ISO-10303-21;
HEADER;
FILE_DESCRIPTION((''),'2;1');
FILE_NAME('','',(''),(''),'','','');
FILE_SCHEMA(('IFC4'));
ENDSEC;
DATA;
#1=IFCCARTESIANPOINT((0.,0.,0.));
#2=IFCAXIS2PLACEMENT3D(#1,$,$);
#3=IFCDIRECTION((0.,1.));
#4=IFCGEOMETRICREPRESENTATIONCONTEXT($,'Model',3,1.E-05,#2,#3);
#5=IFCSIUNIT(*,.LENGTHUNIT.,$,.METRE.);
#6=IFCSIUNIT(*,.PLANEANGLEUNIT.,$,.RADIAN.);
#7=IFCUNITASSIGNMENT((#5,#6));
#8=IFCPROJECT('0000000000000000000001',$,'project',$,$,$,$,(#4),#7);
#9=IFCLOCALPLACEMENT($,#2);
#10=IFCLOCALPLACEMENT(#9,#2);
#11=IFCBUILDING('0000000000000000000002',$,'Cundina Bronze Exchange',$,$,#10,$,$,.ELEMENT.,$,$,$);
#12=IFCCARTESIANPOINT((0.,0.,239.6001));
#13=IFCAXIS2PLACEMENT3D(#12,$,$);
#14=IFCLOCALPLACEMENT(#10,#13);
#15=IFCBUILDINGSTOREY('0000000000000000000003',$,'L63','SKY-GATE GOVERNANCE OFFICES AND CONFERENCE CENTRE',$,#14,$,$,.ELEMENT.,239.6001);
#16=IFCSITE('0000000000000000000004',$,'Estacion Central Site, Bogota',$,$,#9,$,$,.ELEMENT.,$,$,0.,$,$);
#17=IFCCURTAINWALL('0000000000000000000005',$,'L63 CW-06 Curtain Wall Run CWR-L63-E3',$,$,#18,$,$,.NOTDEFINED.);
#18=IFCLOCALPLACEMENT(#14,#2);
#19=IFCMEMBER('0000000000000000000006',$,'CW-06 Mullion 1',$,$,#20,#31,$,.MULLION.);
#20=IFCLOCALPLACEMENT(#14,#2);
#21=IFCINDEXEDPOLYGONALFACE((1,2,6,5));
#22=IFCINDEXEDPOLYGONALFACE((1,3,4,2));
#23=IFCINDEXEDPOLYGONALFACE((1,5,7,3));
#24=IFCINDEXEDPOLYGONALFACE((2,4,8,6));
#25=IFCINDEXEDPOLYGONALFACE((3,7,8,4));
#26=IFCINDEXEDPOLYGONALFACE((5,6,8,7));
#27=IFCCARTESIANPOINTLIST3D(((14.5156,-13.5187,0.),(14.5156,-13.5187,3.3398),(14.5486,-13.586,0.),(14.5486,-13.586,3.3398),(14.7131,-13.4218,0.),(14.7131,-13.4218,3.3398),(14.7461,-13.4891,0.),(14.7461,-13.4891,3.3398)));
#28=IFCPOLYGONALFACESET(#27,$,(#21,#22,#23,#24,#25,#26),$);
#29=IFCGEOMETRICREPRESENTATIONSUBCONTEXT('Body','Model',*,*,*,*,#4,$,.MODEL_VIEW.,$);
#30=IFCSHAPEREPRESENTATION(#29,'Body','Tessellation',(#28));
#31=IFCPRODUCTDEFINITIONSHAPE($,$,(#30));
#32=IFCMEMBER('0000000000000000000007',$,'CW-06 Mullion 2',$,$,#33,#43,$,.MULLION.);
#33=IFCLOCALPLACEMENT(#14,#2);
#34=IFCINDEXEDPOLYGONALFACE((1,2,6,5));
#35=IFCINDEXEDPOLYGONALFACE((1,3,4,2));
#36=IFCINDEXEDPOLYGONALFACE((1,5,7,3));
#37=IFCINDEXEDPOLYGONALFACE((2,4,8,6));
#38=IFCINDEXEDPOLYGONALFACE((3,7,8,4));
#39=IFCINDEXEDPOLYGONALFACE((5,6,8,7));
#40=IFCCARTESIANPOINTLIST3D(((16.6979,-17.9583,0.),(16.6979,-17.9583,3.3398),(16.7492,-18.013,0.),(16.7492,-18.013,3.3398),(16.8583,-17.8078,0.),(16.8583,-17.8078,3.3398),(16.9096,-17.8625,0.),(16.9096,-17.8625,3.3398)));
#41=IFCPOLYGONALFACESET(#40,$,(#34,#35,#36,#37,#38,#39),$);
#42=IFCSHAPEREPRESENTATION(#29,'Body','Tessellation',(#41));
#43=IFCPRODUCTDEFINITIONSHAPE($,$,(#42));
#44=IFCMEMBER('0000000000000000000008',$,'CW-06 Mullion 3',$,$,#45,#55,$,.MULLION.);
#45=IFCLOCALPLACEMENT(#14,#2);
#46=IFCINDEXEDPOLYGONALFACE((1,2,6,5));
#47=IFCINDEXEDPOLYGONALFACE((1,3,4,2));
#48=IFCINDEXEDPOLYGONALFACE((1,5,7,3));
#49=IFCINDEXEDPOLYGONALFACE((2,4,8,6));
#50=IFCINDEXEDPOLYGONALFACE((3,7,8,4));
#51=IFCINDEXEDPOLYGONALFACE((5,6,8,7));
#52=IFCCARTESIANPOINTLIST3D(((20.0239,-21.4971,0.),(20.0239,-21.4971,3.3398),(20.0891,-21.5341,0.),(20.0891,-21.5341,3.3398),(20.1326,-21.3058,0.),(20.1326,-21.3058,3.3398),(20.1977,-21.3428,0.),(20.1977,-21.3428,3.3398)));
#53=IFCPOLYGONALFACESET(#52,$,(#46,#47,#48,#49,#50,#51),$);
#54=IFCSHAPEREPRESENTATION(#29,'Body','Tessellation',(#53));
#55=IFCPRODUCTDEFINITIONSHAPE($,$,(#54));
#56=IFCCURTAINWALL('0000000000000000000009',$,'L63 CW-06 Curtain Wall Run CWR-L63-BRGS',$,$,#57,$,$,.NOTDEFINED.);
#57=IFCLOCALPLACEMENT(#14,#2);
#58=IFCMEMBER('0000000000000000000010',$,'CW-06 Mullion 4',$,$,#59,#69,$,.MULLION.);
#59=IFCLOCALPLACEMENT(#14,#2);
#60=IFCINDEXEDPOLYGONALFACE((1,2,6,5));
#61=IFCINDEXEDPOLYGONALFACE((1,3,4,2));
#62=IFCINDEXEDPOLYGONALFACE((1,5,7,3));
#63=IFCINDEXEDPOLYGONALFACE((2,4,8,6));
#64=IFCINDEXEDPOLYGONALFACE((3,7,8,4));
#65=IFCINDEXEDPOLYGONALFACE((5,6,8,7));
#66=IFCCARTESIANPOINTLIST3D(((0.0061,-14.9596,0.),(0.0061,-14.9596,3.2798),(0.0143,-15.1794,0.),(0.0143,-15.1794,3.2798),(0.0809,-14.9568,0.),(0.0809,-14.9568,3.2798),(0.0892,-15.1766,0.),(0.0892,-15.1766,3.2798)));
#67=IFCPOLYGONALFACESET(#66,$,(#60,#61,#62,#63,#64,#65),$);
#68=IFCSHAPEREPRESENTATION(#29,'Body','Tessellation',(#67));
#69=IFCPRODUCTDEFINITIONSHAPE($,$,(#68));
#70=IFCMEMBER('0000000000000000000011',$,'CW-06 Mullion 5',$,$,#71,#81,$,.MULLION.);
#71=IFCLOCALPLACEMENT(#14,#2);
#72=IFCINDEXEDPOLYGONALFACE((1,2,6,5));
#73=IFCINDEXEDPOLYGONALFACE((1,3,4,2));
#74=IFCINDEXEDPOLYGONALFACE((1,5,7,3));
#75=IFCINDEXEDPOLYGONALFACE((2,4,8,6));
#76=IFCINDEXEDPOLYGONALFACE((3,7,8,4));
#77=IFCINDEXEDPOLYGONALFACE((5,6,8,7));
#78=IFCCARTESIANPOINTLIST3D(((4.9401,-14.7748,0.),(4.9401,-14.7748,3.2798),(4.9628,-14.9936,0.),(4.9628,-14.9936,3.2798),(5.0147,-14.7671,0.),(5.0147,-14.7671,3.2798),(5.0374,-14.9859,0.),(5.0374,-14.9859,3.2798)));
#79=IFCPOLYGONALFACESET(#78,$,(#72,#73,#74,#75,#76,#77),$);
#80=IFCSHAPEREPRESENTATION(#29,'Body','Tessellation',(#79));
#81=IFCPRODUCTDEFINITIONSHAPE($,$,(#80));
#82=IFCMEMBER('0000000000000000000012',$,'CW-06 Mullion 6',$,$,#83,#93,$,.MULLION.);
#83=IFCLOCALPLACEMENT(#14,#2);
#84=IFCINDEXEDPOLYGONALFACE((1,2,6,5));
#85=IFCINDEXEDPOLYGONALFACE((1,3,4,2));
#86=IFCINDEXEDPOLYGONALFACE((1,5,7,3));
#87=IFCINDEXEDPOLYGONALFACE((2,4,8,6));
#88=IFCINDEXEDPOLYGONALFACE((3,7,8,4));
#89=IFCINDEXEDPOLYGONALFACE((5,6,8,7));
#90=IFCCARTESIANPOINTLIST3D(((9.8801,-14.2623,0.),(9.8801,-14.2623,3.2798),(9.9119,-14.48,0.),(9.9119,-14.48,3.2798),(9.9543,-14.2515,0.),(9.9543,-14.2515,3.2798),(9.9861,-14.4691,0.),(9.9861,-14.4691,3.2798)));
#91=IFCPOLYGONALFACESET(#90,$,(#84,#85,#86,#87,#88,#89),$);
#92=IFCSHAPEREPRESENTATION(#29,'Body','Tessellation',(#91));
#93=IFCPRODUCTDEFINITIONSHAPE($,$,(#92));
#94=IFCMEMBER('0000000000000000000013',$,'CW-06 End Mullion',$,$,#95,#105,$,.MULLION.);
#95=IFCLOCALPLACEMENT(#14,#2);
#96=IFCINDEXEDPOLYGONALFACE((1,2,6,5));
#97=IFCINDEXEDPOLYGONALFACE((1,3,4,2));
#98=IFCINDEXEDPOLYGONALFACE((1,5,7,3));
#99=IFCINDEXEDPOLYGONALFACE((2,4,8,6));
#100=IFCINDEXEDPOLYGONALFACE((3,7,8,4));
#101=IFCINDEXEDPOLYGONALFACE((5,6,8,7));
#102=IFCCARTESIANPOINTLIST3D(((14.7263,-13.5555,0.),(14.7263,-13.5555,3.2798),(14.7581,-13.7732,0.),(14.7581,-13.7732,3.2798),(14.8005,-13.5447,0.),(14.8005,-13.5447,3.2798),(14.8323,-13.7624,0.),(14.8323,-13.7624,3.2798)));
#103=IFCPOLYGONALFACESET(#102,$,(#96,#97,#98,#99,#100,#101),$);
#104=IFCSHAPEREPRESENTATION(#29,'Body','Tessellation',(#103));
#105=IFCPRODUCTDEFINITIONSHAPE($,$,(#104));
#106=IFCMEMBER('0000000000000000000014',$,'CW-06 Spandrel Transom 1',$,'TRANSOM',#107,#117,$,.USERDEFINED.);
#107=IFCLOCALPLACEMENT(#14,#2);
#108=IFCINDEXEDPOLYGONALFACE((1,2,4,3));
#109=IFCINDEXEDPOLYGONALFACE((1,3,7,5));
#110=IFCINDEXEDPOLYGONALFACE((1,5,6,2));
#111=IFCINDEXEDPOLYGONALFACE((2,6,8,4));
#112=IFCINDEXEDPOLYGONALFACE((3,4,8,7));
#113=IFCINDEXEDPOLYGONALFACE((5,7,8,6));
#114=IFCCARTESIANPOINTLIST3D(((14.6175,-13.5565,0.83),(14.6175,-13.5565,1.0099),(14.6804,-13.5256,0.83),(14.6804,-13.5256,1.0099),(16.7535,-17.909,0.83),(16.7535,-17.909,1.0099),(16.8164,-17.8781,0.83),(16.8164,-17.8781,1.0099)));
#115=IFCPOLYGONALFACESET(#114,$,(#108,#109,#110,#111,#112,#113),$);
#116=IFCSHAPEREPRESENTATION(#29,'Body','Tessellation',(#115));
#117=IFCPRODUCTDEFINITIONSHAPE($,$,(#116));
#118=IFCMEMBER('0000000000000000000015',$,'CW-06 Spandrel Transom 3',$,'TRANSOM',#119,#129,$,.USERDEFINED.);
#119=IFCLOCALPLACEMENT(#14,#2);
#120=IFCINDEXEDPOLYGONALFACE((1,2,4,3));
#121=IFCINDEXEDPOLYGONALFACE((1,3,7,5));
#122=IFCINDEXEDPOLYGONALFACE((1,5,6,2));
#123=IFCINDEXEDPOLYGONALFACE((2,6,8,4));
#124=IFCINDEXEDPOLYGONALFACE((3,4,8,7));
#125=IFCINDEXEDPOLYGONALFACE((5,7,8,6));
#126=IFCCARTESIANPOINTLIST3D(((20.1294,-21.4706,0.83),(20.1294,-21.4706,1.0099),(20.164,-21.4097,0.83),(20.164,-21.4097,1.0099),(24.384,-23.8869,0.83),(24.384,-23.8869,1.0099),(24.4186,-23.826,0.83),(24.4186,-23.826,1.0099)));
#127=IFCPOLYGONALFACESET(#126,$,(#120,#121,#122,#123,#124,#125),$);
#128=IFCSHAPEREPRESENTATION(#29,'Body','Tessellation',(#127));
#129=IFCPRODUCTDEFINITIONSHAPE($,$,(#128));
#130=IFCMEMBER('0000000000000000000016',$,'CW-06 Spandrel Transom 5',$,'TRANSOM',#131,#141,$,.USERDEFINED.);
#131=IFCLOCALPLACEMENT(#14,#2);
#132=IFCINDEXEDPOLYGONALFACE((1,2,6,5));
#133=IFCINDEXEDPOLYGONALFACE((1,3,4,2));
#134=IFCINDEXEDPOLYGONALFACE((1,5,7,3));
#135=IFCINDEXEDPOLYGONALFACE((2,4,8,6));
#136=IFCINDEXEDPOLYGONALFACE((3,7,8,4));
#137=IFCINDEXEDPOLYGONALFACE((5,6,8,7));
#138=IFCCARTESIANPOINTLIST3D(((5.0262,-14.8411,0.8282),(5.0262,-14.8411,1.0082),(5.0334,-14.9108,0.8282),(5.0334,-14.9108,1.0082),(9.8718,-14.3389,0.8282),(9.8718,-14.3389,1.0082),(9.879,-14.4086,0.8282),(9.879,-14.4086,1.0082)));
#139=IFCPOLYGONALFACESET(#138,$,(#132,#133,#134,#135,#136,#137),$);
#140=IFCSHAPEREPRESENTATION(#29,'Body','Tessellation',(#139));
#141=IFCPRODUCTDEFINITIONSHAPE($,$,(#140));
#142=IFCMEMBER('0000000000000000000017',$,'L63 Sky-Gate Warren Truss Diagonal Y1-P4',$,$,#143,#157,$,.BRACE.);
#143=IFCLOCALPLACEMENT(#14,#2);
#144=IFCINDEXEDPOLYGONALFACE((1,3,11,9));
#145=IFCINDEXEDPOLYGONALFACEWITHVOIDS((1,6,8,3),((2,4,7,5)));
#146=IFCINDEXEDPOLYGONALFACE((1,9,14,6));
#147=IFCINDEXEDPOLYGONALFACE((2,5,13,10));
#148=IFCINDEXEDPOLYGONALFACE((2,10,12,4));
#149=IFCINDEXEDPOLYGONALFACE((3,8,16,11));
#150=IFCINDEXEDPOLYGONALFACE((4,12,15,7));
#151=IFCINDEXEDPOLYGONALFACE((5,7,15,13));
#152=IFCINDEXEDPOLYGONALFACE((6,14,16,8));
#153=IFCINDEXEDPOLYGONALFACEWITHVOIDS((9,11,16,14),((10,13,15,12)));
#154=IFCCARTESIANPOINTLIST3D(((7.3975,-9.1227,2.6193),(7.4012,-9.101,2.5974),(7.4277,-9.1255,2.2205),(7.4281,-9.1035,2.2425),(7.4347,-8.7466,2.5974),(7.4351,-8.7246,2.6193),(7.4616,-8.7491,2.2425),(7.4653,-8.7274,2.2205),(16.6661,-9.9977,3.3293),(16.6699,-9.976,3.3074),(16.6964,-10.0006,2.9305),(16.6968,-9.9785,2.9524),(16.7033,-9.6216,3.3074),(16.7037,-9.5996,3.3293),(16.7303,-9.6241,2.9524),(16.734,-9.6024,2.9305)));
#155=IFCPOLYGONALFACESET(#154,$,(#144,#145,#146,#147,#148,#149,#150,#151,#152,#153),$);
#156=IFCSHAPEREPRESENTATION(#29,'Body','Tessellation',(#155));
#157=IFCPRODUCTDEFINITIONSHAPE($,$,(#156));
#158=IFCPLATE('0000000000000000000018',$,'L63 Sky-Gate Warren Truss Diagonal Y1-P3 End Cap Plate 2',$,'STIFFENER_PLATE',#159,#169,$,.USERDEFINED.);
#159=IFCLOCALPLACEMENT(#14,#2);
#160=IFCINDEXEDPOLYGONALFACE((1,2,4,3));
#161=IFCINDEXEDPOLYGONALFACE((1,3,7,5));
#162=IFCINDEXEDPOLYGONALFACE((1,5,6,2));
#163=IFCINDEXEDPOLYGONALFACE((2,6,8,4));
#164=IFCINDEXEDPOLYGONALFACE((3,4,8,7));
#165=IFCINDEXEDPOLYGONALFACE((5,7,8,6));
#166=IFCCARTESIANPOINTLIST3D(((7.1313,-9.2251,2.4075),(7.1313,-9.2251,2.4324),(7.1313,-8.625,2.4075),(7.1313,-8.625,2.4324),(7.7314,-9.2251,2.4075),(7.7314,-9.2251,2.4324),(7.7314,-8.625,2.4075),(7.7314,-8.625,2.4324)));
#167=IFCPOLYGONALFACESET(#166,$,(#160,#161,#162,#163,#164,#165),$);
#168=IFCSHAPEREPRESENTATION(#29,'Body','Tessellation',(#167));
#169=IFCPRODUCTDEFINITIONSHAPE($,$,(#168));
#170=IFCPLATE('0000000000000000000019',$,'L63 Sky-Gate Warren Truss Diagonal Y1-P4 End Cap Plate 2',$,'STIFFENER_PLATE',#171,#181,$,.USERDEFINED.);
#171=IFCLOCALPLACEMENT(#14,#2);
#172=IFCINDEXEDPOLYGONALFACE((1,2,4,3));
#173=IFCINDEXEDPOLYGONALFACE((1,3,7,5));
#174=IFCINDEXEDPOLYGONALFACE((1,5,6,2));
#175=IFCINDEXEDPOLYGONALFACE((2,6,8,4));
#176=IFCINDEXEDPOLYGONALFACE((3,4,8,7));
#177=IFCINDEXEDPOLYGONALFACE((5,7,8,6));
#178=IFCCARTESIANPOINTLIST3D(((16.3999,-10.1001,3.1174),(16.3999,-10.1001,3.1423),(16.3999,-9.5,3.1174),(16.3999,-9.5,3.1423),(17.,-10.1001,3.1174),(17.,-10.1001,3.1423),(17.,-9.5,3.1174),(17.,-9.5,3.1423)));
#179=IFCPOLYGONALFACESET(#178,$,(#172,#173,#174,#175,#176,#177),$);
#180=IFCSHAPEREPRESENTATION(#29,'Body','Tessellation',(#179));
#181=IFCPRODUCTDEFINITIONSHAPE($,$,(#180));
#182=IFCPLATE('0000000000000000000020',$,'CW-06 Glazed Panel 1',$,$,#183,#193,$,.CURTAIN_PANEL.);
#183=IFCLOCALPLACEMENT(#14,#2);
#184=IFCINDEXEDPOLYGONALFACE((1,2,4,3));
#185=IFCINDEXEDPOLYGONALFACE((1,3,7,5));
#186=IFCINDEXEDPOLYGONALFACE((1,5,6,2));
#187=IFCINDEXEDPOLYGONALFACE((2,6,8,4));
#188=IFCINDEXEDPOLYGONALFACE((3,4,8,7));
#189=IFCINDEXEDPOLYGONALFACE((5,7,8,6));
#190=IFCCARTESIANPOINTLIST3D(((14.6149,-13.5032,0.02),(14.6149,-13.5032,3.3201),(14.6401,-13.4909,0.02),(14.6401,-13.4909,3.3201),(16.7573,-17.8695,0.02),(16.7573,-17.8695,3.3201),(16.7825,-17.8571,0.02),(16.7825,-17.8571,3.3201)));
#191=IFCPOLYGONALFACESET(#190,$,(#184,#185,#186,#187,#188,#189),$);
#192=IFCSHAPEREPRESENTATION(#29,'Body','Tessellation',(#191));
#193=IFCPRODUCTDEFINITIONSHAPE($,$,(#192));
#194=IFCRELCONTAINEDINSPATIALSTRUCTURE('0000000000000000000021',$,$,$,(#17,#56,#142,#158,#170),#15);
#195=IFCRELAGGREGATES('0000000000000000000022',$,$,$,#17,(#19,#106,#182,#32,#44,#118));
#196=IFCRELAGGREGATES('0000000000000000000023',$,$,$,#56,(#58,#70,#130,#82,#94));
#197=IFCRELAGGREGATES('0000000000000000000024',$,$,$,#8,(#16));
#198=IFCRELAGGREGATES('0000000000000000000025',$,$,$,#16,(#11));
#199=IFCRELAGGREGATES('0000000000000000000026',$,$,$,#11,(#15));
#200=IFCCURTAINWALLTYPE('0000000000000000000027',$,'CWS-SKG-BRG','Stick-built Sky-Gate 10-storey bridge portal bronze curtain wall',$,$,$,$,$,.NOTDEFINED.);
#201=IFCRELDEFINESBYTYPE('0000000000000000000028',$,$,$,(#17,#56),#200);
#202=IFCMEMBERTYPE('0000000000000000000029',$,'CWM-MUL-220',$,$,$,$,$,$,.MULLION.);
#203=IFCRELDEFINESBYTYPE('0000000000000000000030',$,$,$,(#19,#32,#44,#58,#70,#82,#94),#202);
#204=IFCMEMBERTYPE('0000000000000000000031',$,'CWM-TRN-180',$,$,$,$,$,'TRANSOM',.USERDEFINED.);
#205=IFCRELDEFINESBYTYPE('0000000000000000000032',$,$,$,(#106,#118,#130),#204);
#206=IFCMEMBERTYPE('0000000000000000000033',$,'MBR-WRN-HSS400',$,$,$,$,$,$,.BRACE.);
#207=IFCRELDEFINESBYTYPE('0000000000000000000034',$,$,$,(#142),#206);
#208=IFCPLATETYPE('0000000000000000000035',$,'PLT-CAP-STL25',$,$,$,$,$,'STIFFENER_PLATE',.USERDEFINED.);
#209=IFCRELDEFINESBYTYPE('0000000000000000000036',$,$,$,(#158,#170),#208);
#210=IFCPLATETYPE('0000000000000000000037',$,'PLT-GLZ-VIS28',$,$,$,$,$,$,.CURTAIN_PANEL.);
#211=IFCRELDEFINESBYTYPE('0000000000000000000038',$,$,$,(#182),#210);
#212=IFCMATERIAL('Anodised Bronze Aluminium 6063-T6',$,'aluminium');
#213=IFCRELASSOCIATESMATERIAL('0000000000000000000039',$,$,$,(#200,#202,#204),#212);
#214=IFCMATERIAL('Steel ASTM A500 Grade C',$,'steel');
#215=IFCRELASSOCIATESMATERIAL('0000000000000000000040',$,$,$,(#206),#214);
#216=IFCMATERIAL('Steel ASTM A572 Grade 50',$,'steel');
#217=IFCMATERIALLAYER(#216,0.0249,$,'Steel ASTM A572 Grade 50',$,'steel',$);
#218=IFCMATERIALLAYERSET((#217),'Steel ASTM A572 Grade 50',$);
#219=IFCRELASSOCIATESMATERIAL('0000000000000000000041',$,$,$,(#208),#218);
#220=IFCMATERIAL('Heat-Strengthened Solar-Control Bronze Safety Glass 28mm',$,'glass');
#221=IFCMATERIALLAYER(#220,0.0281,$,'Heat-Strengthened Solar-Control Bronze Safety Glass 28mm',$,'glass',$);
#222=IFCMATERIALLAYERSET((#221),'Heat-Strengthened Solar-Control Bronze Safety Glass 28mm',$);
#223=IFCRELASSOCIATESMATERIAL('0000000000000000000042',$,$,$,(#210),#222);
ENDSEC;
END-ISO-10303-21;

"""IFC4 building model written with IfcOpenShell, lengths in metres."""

from ifc_helpers import new_model, si_unit, direction, frame, origin, origin_2d, place, context, subcontext, project, spatial, rectangle, hollow_rectangle, extrude, material, layer, layer_set, material_profile, profile_set, type_object, element, aggregate, save


model = new_model("IFC4")

# Units and contexts
model_context = context("Model", 3, precision=1e-05, world=origin(), true_north=direction((0.0, 1.0)))
body_context = subcontext(model_context, "Body", "Model", "MODEL_VIEW")
ifc_project = project(units=[si_unit("LENGTHUNIT", "METRE"), si_unit("PLANEANGLEUNIT", "RADIAN")], contexts=[model_context])

# Site, building, storey
site_placement = place(None, origin())
site = spatial("IfcSite", under=ifc_project, at=site_placement, Name="Estacion Central Site, Bogota", CompositionType="ELEMENT", RefElevation=0.0)
building_placement = place(site_placement, origin())
building = spatial("IfcBuilding", under=site, at=building_placement, Name="Cundina Bronze Exchange", CompositionType="ELEMENT")
storey_placement = place(building_placement, frame((0.0, 0.0, 239.6001)))
storey = spatial("IfcBuildingStorey", under=building, at=storey_placement, Name="L63", Description="SKY-GATE GOVERNANCE OFFICES AND CONFERENCE CENTRE", CompositionType="ELEMENT", Elevation=239.6001)

# Curtain walls, members
ifc_material_1 = material(Name="Anodised Bronze Aluminium 6063-T6", Category="aluminium")
curtain_wall_type = type_object("IfcCurtainWallType", Name="CWS-SKG-BRG", Description="Stick-built Sky-Gate 10-storey bridge portal bronze curtain wall", PredefinedType="NOTDEFINED", material=ifc_material_1)
curtain_wall_1_placement = place(storey_placement, origin())
curtain_wall_1 = element("IfcCurtainWall", 1, at=curtain_wall_1_placement, inside=storey, type_object=curtain_wall_type, Name="L63 CW-06 Curtain Wall Run CWR-L63-E3", PredefinedType="NOTDEFINED")
ifc_material_profile_1 = material_profile(ifc_material_1, rectangle(XDim=0.075, YDim=0.22, at=origin_2d()), Name="AL75X220", Category="aluminium")
ifc_profile_set_1 = profile_set([ifc_material_profile_1], Name="Anodised Bronze Aluminium 6063-T6")
member_type_1 = type_object("IfcMemberType", Name="CWM-MUL-220", PredefinedType="MULLION", material=ifc_profile_set_1)
member_1_placement = place(storey_placement, frame((14.6309, -13.5039, 0.0), z_axis=(0.0, 0.0, 1.0), x_axis=(0.440566, -0.89772, 0.0)))
member_1 = element("IfcMember", 2, at=member_1_placement, type_object=member_type_1, Name="CW-06 Mullion 1", PredefinedType="MULLION", context=body_context, shape_type="SweptSolid", body=[
    extrude(rectangle(XDim=0.075, YDim=0.22, at=origin_2d()), origin(), (0.0, 0.0, 1.0), 3.3398),
])
member_2_placement = place(storey_placement, frame((16.8037, -17.9104, 0.0), z_axis=(0.0, 0.0, 1.0), x_axis=(0.684293, -0.729208, 0.0)))
member_2 = element("IfcMember", 3, at=member_2_placement, type_object=member_type_1, Name="CW-06 Mullion 2", PredefinedType="MULLION", context=body_context, shape_type="SweptSolid", body=[
    extrude(rectangle(XDim=0.075, YDim=0.22, at=origin_2d()), origin(), (0.0, 0.0, 1.0), 3.3398),
])
member_3_placement = place(storey_placement, frame((20.1108, -21.4199, 0.0), z_axis=(0.0, 0.0, 1.0), x_axis=(0.869581, -0.49379, 0.0)))
member_3 = element("IfcMember", 4, at=member_3_placement, type_object=member_type_1, Name="CW-06 Mullion 3", PredefinedType="MULLION", context=body_context, shape_type="SweptSolid", body=[
    extrude(rectangle(XDim=0.075, YDim=0.22, at=origin_2d()), origin(), (0.0, 0.0, 1.0), 3.3398),
])
curtain_wall_2_placement = place(storey_placement, origin())
curtain_wall_2 = element("IfcCurtainWall", 5, at=curtain_wall_2_placement, inside=storey, type_object=curtain_wall_type, Name="L63 CW-06 Curtain Wall Run CWR-L63-BRGS", PredefinedType="NOTDEFINED")
member_4_placement = place(storey_placement, frame((0.0476, -15.0681, 0.0), z_axis=(0.0, 0.0, 1.0), x_axis=(0.999303, 0.037341, 0.0)))
member_4 = element("IfcMember", 6, at=member_4_placement, type_object=member_type_1, Name="CW-06 Mullion 4", PredefinedType="MULLION", context=body_context, shape_type="SweptSolid", body=[
    extrude(rectangle(XDim=0.075, YDim=0.22, at=origin_2d()), origin(), (0.0, 0.0, 1.0), 3.2798),
])
member_5_placement = place(storey_placement, frame((4.9888, -14.8804, 0.0), z_axis=(0.0, 0.0, 1.0), x_axis=(0.994667, 0.10314, 0.0)))
member_5 = element("IfcMember", 7, at=member_5_placement, type_object=member_type_1, Name="CW-06 Mullion 5", PredefinedType="MULLION", context=body_context, shape_type="SweptSolid", body=[
    extrude(rectangle(XDim=0.075, YDim=0.22, at=origin_2d()), origin(), (0.0, 0.0, 1.0), 3.2798),
])
member_6_placement = place(storey_placement, frame((9.9331, -14.3657, 0.0), z_axis=(0.0, 0.0, 1.0), x_axis=(0.989526, 0.144356, 0.0)))
member_6 = element("IfcMember", 8, at=member_6_placement, type_object=member_type_1, Name="CW-06 Mullion 6", PredefinedType="MULLION", context=body_context, shape_type="SweptSolid", body=[
    extrude(rectangle(XDim=0.075, YDim=0.22, at=origin_2d()), origin(), (0.0, 0.0, 1.0), 3.2798),
])
member_7_placement = place(storey_placement, frame((14.7793, -13.6589, 0.0), z_axis=(0.0, 0.0, 1.0), x_axis=(0.989526, 0.144356, 0.0)))
member_7 = element("IfcMember", 9, at=member_7_placement, type_object=member_type_1, Name="CW-06 End Mullion", PredefinedType="MULLION", context=body_context, shape_type="SweptSolid", body=[
    extrude(rectangle(XDim=0.075, YDim=0.22, at=origin_2d()), origin(), (0.0, 0.0, 1.0), 3.2798),
])

# Members
ifc_material_profile_2 = material_profile(ifc_material_1, rectangle(XDim=0.0701, YDim=0.1799, at=origin_2d()), Name="AL70X180", Category="aluminium")
ifc_profile_set_2 = profile_set([ifc_material_profile_2], Name="Anodised Bronze Aluminium 6063-T6")
member_type_2 = type_object("IfcMemberType", Name="CWM-TRN-180", ElementType="TRANSOM", PredefinedType="USERDEFINED", material=ifc_profile_set_2)
member_8_placement = place(storey_placement, frame((14.6489, -13.541, 0.9199), z_axis=(0.440554, -0.897726, 0.0), x_axis=(0.897726, 0.440554, 0.0)))
member_8 = element("IfcMember", 10, at=member_8_placement, type_object=member_type_2, Name="CW-06 Spandrel Transom 1", ObjectType="TRANSOM", PredefinedType="USERDEFINED", context=body_context, shape_type="SweptSolid", body=[
    extrude(rectangle(XDim=0.0701, YDim=0.1799, at=origin_2d()), origin(), (0.0, 0.0, 1.0), 4.8484),
])
member_9_placement = place(storey_placement, frame((20.1467, -21.4402, 0.9199), z_axis=(0.869557, -0.493832, 0.0), x_axis=(0.493832, 0.869557, 0.0)))
member_9 = element("IfcMember", 11, at=member_9_placement, type_object=member_type_2, Name="CW-06 Spandrel Transom 3", ObjectType="TRANSOM", PredefinedType="USERDEFINED", context=body_context, shape_type="SweptSolid", body=[
    extrude(rectangle(XDim=0.0701, YDim=0.1799, at=origin_2d()), origin(), (0.0, 0.0, 1.0), 4.8928),
])
member_10_placement = place(storey_placement, frame((5.0298, -14.876, 0.9182), z_axis=(0.994672, 0.103086, 0.0), x_axis=(-0.103086, 0.994672, 0.0)))
member_10 = element("IfcMember", 12, at=member_10_placement, type_object=member_type_2, Name="CW-06 Spandrel Transom 5", ObjectType="TRANSOM", PredefinedType="USERDEFINED", context=body_context, shape_type="SweptSolid", body=[
    extrude(rectangle(XDim=0.0701, YDim=0.1799, at=origin_2d()), origin(), (0.0, 0.0, 1.0), 4.8716),
])
ifc_material_2 = material(Name="Steel ASTM A500 Grade C", Category="steel")
ifc_material_profile_3 = material_profile(ifc_material_2, hollow_rectangle(XDim=0.3999, YDim=0.3999, WallThickness=0.022, at=origin_2d()), Name="HSS400X400X22", Category="steel")
ifc_profile_set_3 = profile_set([ifc_material_profile_3], Name="Steel ASTM A500 Grade C")
member_type_3 = type_object("IfcMemberType", Name="MBR-WRN-HSS400", PredefinedType="BRACE", material=ifc_profile_set_3)
member_11_placement = place(storey_placement, frame((7.4314, -8.925, 2.4199), z_axis=(0.992691, -0.093715, 0.076039), x_axis=(0.093987, 0.995573, 0.0)))
element("IfcMember", 13, at=member_11_placement, inside=storey, type_object=member_type_3, Name="L63 Sky-Gate Warren Truss Diagonal Y1-P4", PredefinedType="BRACE", context=body_context, shape_type="SweptSolid", body=[
    extrude(hollow_rectangle(XDim=0.3999, YDim=0.3999, WallThickness=0.022, at=origin_2d()), origin(), (0.0, 0.0, 1.0), 9.3369),
])

# Plates
ifc_material_3 = material(Name="Steel ASTM A572 Grade 50", Category="steel")
ifc_layer_1 = layer(ifc_material_3, 0.0249, Name="Steel ASTM A572 Grade 50", Category="steel")
ifc_layer_set_1 = layer_set([ifc_layer_1], Name="Steel ASTM A572 Grade 50")
plate_type_1 = type_object("IfcPlateType", Name="PLT-CAP-STL25", ElementType="STIFFENER_PLATE", PredefinedType="USERDEFINED", material=ifc_layer_set_1)
for number, where, z_axis, x_axis, name in (
    (14, (7.4314, -8.925, 2.4075), (0.0, 0.0, 1.0), (1.0, 0.0, 0.0), "L63 Sky-Gate Warren Truss Diagonal Y1-P3 End Cap Plate 2"),
    (15, (16.7, -9.8, 3.1174), (0.0, 0.0, 1.0), (1.0, 0.0, 0.0), "L63 Sky-Gate Warren Truss Diagonal Y1-P4 End Cap Plate 2"),
):
    element("IfcPlate", number, at=place(storey_placement, frame(where, z_axis=z_axis, x_axis=x_axis)), inside=storey, type_object=plate_type_1, Name=name, ObjectType="STIFFENER_PLATE", PredefinedType="USERDEFINED", context=body_context, shape_type="SweptSolid", body=[
        extrude(rectangle(XDim=0.6001, YDim=0.6001, at=origin_2d()), origin(), (0.0, 0.0, 1.0), 0.0249),
    ])

# Plate
ifc_material_4 = material(Name="Heat-Strengthened Solar-Control Bronze Safety Glass 28mm", Category="glass")
ifc_layer_2 = layer(ifc_material_4, 0.0281, Name="Heat-Strengthened Solar-Control Bronze Safety Glass 28mm", Category="glass")
ifc_layer_set_2 = layer_set([ifc_layer_2], Name="Heat-Strengthened Solar-Control Bronze Safety Glass 28mm")
plate_type_2 = type_object("IfcPlateType", Name="PLT-GLZ-VIS28", PredefinedType="CURTAIN_PANEL", material=ifc_layer_set_2)
plate_1_placement = place(storey_placement, frame((15.6987, -15.6802, 0.02), z_axis=(0.0, 0.0, 1.0), x_axis=(0.440503, -0.897751, 0.0)))
plate_1 = element("IfcPlate", 16, at=plate_1_placement, type_object=plate_type_2, Name="CW-06 Glazed Panel 1", PredefinedType="CURTAIN_PANEL", context=body_context, shape_type="SweptSolid", body=[
    extrude(rectangle(XDim=4.8635, YDim=0.0281, at=origin_2d()), origin(), (0.0, 0.0, 1.0), 3.3),
])
aggregate(curtain_wall_1, [member_1, member_8, plate_1, member_2, member_3, member_9])
aggregate(curtain_wall_2, [member_4, member_5, member_10, member_6, member_7])

save(model, "model.ifc")
